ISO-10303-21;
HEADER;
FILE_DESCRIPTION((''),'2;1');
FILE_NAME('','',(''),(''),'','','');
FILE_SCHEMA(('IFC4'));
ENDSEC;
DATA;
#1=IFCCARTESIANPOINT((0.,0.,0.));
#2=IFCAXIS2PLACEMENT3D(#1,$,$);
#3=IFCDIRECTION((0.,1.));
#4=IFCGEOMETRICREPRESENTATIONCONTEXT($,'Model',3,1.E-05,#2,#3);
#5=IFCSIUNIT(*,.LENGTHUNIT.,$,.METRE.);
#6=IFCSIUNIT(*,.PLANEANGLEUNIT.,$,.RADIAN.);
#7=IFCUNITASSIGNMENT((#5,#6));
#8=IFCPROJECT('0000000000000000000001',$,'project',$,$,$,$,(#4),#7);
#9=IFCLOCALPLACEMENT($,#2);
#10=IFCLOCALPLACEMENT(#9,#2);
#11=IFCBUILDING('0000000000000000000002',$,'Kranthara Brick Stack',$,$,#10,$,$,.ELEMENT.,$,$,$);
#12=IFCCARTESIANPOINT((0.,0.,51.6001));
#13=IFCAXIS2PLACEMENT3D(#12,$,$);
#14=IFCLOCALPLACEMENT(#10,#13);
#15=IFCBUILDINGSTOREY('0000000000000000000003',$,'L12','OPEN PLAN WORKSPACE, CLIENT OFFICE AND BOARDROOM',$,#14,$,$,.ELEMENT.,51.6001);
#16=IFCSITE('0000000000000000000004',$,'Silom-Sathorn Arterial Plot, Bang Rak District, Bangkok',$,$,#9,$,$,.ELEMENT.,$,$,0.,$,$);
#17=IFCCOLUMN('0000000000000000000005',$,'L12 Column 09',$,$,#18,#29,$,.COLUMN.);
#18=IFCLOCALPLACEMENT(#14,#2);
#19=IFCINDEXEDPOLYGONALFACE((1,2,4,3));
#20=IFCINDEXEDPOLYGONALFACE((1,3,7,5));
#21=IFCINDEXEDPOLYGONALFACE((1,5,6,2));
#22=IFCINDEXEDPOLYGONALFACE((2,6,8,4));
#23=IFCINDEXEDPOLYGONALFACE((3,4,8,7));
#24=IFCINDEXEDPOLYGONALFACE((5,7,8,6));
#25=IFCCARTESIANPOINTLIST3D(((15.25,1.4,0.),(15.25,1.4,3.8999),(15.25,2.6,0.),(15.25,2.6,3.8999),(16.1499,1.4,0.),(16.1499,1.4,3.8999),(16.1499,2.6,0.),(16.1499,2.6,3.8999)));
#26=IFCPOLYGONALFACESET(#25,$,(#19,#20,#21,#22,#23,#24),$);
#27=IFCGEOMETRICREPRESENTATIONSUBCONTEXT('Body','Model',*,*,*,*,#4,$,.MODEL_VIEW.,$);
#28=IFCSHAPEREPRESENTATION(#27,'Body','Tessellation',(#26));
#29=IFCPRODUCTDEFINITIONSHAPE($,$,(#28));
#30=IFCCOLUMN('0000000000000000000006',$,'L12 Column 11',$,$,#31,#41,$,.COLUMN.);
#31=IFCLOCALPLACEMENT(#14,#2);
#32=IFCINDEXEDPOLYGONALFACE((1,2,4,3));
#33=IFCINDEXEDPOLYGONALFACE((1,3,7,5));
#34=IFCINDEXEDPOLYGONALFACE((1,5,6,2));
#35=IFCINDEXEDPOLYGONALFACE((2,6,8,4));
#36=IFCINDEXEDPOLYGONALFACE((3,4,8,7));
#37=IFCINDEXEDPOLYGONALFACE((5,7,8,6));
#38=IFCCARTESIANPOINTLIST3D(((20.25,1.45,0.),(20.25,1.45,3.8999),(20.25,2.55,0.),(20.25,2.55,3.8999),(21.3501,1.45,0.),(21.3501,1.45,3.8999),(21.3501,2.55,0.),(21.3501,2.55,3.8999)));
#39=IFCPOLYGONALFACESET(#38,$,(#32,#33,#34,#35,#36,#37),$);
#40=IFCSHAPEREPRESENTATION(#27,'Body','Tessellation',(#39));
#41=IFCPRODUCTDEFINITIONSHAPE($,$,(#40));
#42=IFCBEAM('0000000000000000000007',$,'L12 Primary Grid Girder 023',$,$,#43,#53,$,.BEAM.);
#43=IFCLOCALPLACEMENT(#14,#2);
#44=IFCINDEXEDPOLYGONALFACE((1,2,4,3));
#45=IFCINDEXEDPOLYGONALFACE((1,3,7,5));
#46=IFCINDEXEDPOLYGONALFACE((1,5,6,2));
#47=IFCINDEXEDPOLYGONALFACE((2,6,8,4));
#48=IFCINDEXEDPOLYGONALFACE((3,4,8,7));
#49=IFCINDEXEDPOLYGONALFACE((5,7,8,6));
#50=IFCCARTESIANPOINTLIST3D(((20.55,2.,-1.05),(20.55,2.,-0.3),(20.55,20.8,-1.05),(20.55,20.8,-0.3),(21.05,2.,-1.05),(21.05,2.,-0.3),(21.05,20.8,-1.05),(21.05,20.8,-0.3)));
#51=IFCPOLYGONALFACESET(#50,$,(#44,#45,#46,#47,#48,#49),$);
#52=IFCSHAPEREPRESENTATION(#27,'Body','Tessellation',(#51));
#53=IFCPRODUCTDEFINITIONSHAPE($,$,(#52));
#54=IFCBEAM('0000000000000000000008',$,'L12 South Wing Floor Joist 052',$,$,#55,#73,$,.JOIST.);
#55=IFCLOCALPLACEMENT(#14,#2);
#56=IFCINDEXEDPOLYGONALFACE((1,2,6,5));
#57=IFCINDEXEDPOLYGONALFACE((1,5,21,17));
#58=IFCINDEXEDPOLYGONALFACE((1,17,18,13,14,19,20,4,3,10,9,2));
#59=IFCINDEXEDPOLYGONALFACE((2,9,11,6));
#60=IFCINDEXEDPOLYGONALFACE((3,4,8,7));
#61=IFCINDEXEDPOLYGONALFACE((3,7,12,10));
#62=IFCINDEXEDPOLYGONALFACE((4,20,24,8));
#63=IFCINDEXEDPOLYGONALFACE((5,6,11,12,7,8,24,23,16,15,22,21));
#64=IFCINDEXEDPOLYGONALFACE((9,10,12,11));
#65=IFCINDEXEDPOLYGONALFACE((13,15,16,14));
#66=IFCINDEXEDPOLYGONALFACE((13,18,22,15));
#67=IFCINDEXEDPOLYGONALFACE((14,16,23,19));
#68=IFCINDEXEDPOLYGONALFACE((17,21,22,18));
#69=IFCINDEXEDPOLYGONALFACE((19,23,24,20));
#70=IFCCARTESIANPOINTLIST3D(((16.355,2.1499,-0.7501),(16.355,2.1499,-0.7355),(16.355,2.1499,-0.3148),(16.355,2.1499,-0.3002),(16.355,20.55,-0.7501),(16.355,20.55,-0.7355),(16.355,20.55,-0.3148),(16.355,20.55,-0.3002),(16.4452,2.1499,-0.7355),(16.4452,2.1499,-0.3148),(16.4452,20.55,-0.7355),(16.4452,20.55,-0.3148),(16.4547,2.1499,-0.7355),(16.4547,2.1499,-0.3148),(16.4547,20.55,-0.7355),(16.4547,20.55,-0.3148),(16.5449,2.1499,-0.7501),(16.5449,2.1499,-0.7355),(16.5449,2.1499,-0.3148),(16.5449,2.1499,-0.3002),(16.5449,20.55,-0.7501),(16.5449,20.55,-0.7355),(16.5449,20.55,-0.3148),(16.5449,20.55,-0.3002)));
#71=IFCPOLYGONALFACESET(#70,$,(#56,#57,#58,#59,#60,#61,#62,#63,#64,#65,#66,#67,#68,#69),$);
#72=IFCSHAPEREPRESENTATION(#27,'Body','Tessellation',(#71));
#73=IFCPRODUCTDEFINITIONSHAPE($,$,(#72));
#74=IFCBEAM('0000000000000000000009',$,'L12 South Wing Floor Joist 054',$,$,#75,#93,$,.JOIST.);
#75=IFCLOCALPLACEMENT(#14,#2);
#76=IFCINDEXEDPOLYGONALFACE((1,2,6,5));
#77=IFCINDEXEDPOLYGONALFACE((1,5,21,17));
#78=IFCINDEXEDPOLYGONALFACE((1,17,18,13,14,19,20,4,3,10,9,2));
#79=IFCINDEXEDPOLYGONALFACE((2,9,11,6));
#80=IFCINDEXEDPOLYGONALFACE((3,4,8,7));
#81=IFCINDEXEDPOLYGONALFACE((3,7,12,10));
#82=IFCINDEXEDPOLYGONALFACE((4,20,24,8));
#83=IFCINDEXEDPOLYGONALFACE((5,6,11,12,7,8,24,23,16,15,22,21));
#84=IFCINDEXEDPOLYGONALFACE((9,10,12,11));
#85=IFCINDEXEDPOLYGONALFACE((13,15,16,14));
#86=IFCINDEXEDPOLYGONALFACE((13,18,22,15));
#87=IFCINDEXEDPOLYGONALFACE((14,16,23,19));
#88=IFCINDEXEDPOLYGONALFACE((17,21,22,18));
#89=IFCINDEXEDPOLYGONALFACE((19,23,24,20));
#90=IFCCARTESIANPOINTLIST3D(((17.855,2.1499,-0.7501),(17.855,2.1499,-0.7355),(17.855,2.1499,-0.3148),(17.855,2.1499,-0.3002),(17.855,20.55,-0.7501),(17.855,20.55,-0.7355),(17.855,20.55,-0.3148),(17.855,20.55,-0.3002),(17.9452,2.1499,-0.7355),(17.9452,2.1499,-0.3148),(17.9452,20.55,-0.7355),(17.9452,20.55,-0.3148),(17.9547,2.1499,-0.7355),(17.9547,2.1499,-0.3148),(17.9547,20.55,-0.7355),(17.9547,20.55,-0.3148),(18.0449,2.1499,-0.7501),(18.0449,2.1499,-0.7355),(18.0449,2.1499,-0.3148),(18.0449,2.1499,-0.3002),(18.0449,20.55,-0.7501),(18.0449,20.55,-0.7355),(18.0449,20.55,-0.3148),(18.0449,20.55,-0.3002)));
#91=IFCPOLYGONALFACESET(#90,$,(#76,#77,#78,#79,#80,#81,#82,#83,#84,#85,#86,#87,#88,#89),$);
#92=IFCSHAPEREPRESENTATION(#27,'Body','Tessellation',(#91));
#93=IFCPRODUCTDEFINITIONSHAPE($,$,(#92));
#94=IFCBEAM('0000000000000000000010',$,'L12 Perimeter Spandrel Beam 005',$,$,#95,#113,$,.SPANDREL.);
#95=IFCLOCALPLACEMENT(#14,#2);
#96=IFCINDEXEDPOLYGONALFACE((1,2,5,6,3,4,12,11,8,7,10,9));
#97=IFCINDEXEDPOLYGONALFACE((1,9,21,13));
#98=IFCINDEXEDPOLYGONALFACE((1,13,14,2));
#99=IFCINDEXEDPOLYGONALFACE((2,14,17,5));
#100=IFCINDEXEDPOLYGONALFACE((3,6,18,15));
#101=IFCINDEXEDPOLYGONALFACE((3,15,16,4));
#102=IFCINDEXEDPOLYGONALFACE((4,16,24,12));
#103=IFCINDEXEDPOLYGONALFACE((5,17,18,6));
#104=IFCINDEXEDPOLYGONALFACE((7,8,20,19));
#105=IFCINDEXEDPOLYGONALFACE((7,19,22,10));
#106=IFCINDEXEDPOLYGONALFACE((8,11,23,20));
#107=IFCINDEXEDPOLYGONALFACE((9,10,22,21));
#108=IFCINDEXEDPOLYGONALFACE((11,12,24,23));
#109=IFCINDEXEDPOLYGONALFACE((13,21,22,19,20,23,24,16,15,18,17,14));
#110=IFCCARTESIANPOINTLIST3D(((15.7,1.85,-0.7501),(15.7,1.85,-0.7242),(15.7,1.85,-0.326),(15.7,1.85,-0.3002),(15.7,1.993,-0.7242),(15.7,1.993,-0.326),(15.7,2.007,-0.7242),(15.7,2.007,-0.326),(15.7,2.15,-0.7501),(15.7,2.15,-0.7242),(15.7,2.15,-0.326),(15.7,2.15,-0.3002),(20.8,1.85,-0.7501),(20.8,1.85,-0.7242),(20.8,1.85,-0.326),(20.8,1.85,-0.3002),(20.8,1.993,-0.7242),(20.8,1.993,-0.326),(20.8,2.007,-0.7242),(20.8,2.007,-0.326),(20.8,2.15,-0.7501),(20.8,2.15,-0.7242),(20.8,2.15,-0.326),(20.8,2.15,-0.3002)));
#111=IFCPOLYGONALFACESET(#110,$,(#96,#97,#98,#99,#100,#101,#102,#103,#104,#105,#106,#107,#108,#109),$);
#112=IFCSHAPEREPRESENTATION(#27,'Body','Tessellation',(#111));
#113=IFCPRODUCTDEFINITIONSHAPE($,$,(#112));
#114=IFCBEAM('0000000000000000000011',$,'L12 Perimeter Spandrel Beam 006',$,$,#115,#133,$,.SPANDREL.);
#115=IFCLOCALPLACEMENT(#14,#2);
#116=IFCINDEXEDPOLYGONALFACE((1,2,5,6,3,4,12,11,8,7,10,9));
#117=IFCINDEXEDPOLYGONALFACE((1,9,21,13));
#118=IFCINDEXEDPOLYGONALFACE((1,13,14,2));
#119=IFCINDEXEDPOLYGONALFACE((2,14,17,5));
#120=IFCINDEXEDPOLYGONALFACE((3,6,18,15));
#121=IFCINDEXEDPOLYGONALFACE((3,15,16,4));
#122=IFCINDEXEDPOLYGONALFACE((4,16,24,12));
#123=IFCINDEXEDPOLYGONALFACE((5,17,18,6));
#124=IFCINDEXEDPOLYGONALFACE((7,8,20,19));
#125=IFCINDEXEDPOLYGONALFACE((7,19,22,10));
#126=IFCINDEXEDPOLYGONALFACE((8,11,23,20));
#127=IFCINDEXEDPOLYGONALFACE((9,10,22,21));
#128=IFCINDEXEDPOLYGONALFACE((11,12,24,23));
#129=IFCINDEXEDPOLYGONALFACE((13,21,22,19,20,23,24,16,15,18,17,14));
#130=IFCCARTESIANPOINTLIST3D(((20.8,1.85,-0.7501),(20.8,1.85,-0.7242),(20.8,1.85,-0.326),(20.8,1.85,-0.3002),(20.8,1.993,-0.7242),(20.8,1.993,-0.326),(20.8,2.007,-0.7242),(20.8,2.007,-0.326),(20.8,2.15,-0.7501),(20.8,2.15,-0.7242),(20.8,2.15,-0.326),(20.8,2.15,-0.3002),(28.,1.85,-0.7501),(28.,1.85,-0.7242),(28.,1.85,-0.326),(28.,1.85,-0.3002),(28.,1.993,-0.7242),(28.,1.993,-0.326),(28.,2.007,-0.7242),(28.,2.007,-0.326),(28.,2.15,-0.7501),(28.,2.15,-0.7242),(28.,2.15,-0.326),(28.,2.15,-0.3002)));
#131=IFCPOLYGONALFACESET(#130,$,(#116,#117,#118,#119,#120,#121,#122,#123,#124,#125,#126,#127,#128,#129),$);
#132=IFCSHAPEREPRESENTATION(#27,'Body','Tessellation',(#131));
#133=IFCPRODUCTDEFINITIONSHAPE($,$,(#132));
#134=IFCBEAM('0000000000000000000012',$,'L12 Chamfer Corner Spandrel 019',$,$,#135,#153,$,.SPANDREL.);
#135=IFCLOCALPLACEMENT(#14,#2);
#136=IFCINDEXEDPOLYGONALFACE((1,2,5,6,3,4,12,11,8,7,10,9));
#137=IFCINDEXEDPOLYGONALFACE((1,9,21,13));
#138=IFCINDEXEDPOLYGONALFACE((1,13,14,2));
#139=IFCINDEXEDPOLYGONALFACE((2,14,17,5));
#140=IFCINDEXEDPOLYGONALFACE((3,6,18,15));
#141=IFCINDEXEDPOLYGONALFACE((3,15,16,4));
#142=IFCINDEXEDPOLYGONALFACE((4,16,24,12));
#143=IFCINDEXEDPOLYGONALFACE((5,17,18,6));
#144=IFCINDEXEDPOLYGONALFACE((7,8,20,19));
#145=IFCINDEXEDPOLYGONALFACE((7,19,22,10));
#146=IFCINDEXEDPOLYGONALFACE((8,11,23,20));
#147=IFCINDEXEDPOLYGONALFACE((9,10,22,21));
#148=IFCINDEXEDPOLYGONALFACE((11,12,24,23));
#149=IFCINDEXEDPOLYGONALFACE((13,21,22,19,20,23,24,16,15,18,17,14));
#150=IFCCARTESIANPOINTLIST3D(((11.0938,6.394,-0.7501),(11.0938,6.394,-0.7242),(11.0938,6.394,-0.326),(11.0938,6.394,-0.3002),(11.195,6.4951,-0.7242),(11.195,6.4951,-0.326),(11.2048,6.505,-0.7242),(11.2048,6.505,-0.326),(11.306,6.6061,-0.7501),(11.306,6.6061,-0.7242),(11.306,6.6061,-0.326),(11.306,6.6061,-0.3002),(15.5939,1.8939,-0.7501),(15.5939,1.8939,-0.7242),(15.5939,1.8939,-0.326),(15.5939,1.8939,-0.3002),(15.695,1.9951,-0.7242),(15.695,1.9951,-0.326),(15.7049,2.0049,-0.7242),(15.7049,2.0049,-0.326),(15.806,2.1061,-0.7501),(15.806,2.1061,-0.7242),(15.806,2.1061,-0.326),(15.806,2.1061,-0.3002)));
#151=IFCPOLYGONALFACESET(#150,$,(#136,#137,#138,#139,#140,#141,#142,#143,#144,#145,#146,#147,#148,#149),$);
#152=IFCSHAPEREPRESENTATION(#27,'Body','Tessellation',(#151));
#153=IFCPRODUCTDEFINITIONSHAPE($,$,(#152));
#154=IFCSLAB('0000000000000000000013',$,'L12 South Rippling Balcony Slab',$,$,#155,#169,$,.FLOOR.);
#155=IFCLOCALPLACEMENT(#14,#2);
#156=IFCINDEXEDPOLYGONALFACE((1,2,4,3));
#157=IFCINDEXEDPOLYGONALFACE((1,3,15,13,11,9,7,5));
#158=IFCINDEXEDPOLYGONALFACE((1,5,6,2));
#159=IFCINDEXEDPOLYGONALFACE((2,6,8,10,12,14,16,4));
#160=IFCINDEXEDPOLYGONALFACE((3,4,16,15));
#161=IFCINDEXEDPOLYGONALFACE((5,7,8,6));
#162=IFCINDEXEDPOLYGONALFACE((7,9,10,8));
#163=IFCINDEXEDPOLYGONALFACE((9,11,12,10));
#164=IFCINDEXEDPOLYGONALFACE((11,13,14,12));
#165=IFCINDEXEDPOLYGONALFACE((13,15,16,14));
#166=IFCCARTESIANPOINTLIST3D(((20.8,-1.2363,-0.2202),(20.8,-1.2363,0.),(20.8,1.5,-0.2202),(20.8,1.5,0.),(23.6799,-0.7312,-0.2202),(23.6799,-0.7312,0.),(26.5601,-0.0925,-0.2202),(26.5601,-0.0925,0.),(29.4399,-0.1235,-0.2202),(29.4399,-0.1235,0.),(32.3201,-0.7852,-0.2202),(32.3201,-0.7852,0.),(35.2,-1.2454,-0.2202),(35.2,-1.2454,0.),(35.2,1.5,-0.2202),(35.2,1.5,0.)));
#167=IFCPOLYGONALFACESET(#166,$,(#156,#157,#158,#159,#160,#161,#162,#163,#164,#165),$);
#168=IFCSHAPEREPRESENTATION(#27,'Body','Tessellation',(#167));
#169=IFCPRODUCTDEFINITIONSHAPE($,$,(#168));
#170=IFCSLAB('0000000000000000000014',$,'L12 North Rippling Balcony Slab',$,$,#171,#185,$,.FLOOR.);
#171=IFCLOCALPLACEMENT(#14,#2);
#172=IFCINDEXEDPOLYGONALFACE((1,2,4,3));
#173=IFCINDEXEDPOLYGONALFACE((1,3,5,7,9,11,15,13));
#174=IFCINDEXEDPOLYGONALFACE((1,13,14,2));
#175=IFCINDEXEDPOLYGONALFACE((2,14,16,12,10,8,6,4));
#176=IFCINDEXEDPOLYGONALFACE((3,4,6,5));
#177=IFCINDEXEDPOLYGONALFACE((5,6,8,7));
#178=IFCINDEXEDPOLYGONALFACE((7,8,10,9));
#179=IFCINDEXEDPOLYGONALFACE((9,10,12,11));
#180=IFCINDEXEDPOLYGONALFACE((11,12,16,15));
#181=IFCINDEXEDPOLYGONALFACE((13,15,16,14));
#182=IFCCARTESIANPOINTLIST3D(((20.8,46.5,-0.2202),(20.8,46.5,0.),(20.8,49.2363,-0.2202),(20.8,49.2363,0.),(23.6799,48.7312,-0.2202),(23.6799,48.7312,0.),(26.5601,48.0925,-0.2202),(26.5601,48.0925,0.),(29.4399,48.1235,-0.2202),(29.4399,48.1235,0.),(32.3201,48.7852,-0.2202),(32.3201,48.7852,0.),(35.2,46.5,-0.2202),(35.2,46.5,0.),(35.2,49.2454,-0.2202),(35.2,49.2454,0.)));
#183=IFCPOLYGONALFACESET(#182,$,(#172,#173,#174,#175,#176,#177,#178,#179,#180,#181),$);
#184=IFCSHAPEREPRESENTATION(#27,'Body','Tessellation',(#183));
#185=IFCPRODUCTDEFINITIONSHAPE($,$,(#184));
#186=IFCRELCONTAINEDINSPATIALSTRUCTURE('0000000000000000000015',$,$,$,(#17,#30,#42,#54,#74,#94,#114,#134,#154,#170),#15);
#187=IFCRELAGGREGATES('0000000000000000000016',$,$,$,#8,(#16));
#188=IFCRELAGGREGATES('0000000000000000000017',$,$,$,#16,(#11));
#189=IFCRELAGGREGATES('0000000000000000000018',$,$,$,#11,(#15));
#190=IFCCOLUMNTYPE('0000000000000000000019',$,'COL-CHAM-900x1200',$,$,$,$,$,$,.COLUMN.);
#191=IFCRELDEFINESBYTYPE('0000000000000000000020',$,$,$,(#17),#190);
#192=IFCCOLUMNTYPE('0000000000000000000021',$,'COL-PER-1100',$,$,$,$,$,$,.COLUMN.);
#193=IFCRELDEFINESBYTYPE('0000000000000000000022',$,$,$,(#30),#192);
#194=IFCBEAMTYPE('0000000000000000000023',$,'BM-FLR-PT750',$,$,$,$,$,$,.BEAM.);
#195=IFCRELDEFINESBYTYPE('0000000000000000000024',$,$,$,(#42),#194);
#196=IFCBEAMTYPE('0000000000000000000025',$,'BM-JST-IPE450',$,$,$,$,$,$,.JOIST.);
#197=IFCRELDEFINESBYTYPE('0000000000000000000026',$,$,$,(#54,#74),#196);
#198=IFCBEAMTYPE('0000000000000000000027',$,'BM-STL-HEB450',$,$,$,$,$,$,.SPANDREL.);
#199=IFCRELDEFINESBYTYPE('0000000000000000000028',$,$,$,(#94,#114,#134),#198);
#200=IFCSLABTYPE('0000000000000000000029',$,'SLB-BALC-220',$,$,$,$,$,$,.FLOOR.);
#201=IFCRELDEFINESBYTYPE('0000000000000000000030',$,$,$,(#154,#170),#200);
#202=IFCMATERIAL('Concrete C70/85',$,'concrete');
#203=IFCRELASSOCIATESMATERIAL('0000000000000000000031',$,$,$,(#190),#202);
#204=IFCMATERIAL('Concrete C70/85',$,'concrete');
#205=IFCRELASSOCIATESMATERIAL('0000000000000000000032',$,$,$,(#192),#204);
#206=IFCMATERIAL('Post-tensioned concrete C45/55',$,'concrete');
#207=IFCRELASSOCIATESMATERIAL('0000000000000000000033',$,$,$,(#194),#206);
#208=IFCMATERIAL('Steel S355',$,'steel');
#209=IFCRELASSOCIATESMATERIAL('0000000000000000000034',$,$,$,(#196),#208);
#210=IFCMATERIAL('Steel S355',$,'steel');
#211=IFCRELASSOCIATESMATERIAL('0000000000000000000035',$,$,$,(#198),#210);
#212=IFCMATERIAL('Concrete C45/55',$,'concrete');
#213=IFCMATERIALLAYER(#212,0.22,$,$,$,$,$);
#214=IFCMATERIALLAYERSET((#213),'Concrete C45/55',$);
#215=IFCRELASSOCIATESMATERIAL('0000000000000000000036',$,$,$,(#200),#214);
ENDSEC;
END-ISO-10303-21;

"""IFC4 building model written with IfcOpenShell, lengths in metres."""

from ifc_helpers import new_model, si_unit, direction, frame, origin, origin_2d, place, context, subcontext, project, spatial, polyline, rectangle, i_section, outline, extrude, material, layer, layer_set, material_profile, profile_set, type_object, element, save


model = new_model("IFC4")

# Units and contexts
model_context = context("Model", 3, precision=1e-05, world=origin(), true_north=direction((0.0, 1.0)))
body_context = subcontext(model_context, "Body", "Model", "MODEL_VIEW")
ifc_project = project(units=[si_unit("LENGTHUNIT", "METRE"), si_unit("PLANEANGLEUNIT", "RADIAN")], contexts=[model_context])

# Site, building, storey
site_placement = place(None, origin())
site = spatial("IfcSite", under=ifc_project, at=site_placement, Name="Silom-Sathorn Arterial Plot, Bang Rak District, Bangkok", CompositionType="ELEMENT", RefElevation=0.0)
building_placement = place(site_placement, origin())
building = spatial("IfcBuilding", under=site, at=building_placement, Name="Kranthara Brick Stack", CompositionType="ELEMENT")
storey_placement = place(building_placement, frame((0.0, 0.0, 51.6001)))
storey = spatial("IfcBuildingStorey", under=building, at=storey_placement, Name="L12", Description="OPEN PLAN WORKSPACE, CLIENT OFFICE AND BOARDROOM", CompositionType="ELEMENT", Elevation=51.6001)

# Columns
ifc_material_1 = material(Name="Concrete C70/85", Category="concrete")
ifc_material_profile_1 = material_profile(ifc_material_1, rectangle(XDim=0.8999, YDim=1.2, at=origin_2d()), Name="RC 900x1200")
ifc_profile_set_1 = profile_set([ifc_material_profile_1], Name="Concrete C70/85")
column_type_1 = type_object("IfcColumnType", Name="COL-CHAM-900x1200", PredefinedType="COLUMN", material=ifc_profile_set_1)
column_1_placement = place(storey_placement, frame((15.7, 2.0, 0.0), z_axis=(0.0, 0.0, 1.0), x_axis=(1.0, 0.0, 0.0)))
element("IfcColumn", 1, at=column_1_placement, inside=storey, type_object=column_type_1, Name="L12 Column 09", PredefinedType="COLUMN", context=body_context, shape_type="SweptSolid", body=[
    extrude(rectangle(XDim=0.8999, YDim=1.2, at=origin_2d()), origin(), (0.0, 0.0, 1.0), 3.8999),
])
ifc_material_2 = material(Name="Concrete C70/85", Category="concrete")
ifc_material_profile_2 = material_profile(ifc_material_2, rectangle(XDim=1.1001, YDim=1.1001, at=origin_2d()), Name="RC 1100x1100")
ifc_profile_set_2 = profile_set([ifc_material_profile_2], Name="Concrete C70/85")
column_type_2 = type_object("IfcColumnType", Name="COL-PER-1100", PredefinedType="COLUMN", material=ifc_profile_set_2)
column_2_placement = place(storey_placement, frame((20.8, 2.0, 0.0), z_axis=(0.0, 0.0, 1.0), x_axis=(1.0, 0.0, 0.0)))
element("IfcColumn", 2, at=column_2_placement, inside=storey, type_object=column_type_2, Name="L12 Column 11", PredefinedType="COLUMN", context=body_context, shape_type="SweptSolid", body=[
    extrude(rectangle(XDim=1.1001, YDim=1.1001, at=origin_2d()), origin(), (0.0, 0.0, 1.0), 3.8999),
])

# Beams
ifc_material_3 = material(Name="Post-tensioned concrete C45/55", Category="concrete")
ifc_material_profile_3 = material_profile(ifc_material_3, rectangle(XDim=0.5, YDim=0.75, at=origin_2d()), Name="PT 500x750")
ifc_profile_set_3 = profile_set([ifc_material_profile_3], Name="Post-tensioned concrete C45/55")
beam_type_1 = type_object("IfcBeamType", Name="BM-FLR-PT750", PredefinedType="BEAM", material=ifc_profile_set_3)
beam_1_placement = place(storey_placement, frame((20.8, 2.0, -0.675), z_axis=(0.0, 1.0, 0.0), x_axis=(-1.0, 0.0, 0.0)))
element("IfcBeam", 3, at=beam_1_placement, inside=storey, type_object=beam_type_1, Name="L12 Primary Grid Girder 023", PredefinedType="BEAM", context=body_context, shape_type="SweptSolid", body=[
    extrude(rectangle(XDim=0.5, YDim=0.75, at=origin_2d()), origin(), (0.0, 0.0, 1.0), 18.8),
])
ifc_material_4 = material(Name="Steel S355", Category="steel")
ifc_material_profile_4 = material_profile(ifc_material_4, i_section(OverallWidth=0.1899, OverallDepth=0.45, WebThickness=0.0095, FlangeThickness=0.0146, at=origin_2d()), Name="IPE 450")
ifc_profile_set_4 = profile_set([ifc_material_profile_4], Name="Steel S355")
beam_type_2 = type_object("IfcBeamType", Name="BM-JST-IPE450", PredefinedType="JOIST", material=ifc_profile_set_4)
for number, where, z_axis, x_axis, name in (
    (4, (16.45, 2.1499, -0.5251), (0.0, 1.0, 0.0), (-1.0, 0.0, 0.0), "L12 South Wing Floor Joist 052"),
    (5, (17.95, 2.1499, -0.5251), (0.0, 1.0, 0.0), (-1.0, 0.0, 0.0), "L12 South Wing Floor Joist 054"),
):
    element("IfcBeam", number, at=place(storey_placement, frame(where, z_axis=z_axis, x_axis=x_axis)), inside=storey, type_object=beam_type_2, Name=name, PredefinedType="JOIST", context=body_context, shape_type="SweptSolid", body=[
        extrude(i_section(OverallWidth=0.1899, OverallDepth=0.45, WebThickness=0.0095, FlangeThickness=0.0146, at=origin_2d()), origin(), (0.0, 0.0, 1.0), 18.4001),
    ])
ifc_material_5 = material(Name="Steel S355", Category="steel")
ifc_material_profile_5 = material_profile(ifc_material_5, i_section(OverallWidth=0.3, OverallDepth=0.45, WebThickness=0.0139, FlangeThickness=0.0259, at=origin_2d()), Name="HEB 450")
ifc_profile_set_5 = profile_set([ifc_material_profile_5], Name="Steel S355")
beam_type_3 = type_object("IfcBeamType", Name="BM-STL-HEB450", PredefinedType="SPANDREL", material=ifc_profile_set_5)
beam_2_placement = place(storey_placement, frame((15.7, 2.0, -0.5251), z_axis=(1.0, 0.0, 0.0), x_axis=(0.0, 1.0, 0.0)))
element("IfcBeam", 6, at=beam_2_placement, inside=storey, type_object=beam_type_3, Name="L12 Perimeter Spandrel Beam 005", PredefinedType="SPANDREL", context=body_context, shape_type="SweptSolid", body=[
    extrude(i_section(OverallWidth=0.3, OverallDepth=0.45, WebThickness=0.0139, FlangeThickness=0.0259, at=origin_2d()), origin(), (0.0, 0.0, 1.0), 5.1001),
])
beam_3_placement = place(storey_placement, frame((20.8, 2.0, -0.5251), z_axis=(1.0, 0.0, 0.0), x_axis=(0.0, 1.0, 0.0)))
element("IfcBeam", 7, at=beam_3_placement, inside=storey, type_object=beam_type_3, Name="L12 Perimeter Spandrel Beam 006", PredefinedType="SPANDREL", context=body_context, shape_type="SweptSolid", body=[
    extrude(i_section(OverallWidth=0.3, OverallDepth=0.45, WebThickness=0.0139, FlangeThickness=0.0259, at=origin_2d()), origin(), (0.0, 0.0, 1.0), 7.2),
])
beam_4_placement = place(storey_placement, frame((15.7, 2.0, -0.5251), z_axis=(-0.707107, 0.707107, 0.0), x_axis=(-0.707107, -0.707107, 0.0)))
element("IfcBeam", 8, at=beam_4_placement, inside=storey, type_object=beam_type_3, Name="L12 Chamfer Corner Spandrel 019", PredefinedType="SPANDREL", context=body_context, shape_type="SweptSolid", body=[
    extrude(i_section(OverallWidth=0.3, OverallDepth=0.45, WebThickness=0.0139, FlangeThickness=0.0259, at=origin_2d()), origin(), (0.0, 0.0, 1.0), 6.364),
])

# Slabs
ifc_material_6 = material(Name="Concrete C45/55", Category="concrete")
ifc_layer_1 = layer(ifc_material_6, 0.22)
ifc_layer_set_1 = layer_set([ifc_layer_1], Name="Concrete C45/55")
slab_type_1 = type_object("IfcSlabType", Name="SLB-BALC-220", PredefinedType="FLOOR", material=ifc_layer_set_1)
slab_1_placement = place(storey_placement, frame((0.0, 0.0, -0.2202)))
element("IfcSlab", 9, at=slab_1_placement, inside=storey, type_object=slab_type_1, Name="L12 South Rippling Balcony Slab", PredefinedType="FLOOR", context=body_context, shape_type="SweptSolid", body=[
    extrude(outline(polyline([(20.8, 1.5), (35.2, 1.5), (35.2, -1.2454), (32.3201, -0.7852), (29.4399, -0.1235), (26.5601, -0.0925), (23.6799, -0.7312), (20.8, -1.2363), (20.8, 1.5)])), origin(), (0.0, 0.0, 1.0), 0.2202),
])
slab_2_placement = place(storey_placement, frame((0.0, 0.0, -0.2202)))
element("IfcSlab", 10, at=slab_2_placement, inside=storey, type_object=slab_type_1, Name="L12 North Rippling Balcony Slab", PredefinedType="FLOOR", context=body_context, shape_type="SweptSolid", body=[
    extrude(outline(polyline([(35.2, 46.5), (20.8, 46.5), (20.8, 49.2363), (23.6799, 48.7312), (26.5601, 48.0925), (29.4399, 48.1235), (32.3201, 48.7852), (35.2, 49.2454), (35.2, 46.5)])), origin(), (0.0, 0.0, 1.0), 0.2202),
])

save(model, "model.ifc")
